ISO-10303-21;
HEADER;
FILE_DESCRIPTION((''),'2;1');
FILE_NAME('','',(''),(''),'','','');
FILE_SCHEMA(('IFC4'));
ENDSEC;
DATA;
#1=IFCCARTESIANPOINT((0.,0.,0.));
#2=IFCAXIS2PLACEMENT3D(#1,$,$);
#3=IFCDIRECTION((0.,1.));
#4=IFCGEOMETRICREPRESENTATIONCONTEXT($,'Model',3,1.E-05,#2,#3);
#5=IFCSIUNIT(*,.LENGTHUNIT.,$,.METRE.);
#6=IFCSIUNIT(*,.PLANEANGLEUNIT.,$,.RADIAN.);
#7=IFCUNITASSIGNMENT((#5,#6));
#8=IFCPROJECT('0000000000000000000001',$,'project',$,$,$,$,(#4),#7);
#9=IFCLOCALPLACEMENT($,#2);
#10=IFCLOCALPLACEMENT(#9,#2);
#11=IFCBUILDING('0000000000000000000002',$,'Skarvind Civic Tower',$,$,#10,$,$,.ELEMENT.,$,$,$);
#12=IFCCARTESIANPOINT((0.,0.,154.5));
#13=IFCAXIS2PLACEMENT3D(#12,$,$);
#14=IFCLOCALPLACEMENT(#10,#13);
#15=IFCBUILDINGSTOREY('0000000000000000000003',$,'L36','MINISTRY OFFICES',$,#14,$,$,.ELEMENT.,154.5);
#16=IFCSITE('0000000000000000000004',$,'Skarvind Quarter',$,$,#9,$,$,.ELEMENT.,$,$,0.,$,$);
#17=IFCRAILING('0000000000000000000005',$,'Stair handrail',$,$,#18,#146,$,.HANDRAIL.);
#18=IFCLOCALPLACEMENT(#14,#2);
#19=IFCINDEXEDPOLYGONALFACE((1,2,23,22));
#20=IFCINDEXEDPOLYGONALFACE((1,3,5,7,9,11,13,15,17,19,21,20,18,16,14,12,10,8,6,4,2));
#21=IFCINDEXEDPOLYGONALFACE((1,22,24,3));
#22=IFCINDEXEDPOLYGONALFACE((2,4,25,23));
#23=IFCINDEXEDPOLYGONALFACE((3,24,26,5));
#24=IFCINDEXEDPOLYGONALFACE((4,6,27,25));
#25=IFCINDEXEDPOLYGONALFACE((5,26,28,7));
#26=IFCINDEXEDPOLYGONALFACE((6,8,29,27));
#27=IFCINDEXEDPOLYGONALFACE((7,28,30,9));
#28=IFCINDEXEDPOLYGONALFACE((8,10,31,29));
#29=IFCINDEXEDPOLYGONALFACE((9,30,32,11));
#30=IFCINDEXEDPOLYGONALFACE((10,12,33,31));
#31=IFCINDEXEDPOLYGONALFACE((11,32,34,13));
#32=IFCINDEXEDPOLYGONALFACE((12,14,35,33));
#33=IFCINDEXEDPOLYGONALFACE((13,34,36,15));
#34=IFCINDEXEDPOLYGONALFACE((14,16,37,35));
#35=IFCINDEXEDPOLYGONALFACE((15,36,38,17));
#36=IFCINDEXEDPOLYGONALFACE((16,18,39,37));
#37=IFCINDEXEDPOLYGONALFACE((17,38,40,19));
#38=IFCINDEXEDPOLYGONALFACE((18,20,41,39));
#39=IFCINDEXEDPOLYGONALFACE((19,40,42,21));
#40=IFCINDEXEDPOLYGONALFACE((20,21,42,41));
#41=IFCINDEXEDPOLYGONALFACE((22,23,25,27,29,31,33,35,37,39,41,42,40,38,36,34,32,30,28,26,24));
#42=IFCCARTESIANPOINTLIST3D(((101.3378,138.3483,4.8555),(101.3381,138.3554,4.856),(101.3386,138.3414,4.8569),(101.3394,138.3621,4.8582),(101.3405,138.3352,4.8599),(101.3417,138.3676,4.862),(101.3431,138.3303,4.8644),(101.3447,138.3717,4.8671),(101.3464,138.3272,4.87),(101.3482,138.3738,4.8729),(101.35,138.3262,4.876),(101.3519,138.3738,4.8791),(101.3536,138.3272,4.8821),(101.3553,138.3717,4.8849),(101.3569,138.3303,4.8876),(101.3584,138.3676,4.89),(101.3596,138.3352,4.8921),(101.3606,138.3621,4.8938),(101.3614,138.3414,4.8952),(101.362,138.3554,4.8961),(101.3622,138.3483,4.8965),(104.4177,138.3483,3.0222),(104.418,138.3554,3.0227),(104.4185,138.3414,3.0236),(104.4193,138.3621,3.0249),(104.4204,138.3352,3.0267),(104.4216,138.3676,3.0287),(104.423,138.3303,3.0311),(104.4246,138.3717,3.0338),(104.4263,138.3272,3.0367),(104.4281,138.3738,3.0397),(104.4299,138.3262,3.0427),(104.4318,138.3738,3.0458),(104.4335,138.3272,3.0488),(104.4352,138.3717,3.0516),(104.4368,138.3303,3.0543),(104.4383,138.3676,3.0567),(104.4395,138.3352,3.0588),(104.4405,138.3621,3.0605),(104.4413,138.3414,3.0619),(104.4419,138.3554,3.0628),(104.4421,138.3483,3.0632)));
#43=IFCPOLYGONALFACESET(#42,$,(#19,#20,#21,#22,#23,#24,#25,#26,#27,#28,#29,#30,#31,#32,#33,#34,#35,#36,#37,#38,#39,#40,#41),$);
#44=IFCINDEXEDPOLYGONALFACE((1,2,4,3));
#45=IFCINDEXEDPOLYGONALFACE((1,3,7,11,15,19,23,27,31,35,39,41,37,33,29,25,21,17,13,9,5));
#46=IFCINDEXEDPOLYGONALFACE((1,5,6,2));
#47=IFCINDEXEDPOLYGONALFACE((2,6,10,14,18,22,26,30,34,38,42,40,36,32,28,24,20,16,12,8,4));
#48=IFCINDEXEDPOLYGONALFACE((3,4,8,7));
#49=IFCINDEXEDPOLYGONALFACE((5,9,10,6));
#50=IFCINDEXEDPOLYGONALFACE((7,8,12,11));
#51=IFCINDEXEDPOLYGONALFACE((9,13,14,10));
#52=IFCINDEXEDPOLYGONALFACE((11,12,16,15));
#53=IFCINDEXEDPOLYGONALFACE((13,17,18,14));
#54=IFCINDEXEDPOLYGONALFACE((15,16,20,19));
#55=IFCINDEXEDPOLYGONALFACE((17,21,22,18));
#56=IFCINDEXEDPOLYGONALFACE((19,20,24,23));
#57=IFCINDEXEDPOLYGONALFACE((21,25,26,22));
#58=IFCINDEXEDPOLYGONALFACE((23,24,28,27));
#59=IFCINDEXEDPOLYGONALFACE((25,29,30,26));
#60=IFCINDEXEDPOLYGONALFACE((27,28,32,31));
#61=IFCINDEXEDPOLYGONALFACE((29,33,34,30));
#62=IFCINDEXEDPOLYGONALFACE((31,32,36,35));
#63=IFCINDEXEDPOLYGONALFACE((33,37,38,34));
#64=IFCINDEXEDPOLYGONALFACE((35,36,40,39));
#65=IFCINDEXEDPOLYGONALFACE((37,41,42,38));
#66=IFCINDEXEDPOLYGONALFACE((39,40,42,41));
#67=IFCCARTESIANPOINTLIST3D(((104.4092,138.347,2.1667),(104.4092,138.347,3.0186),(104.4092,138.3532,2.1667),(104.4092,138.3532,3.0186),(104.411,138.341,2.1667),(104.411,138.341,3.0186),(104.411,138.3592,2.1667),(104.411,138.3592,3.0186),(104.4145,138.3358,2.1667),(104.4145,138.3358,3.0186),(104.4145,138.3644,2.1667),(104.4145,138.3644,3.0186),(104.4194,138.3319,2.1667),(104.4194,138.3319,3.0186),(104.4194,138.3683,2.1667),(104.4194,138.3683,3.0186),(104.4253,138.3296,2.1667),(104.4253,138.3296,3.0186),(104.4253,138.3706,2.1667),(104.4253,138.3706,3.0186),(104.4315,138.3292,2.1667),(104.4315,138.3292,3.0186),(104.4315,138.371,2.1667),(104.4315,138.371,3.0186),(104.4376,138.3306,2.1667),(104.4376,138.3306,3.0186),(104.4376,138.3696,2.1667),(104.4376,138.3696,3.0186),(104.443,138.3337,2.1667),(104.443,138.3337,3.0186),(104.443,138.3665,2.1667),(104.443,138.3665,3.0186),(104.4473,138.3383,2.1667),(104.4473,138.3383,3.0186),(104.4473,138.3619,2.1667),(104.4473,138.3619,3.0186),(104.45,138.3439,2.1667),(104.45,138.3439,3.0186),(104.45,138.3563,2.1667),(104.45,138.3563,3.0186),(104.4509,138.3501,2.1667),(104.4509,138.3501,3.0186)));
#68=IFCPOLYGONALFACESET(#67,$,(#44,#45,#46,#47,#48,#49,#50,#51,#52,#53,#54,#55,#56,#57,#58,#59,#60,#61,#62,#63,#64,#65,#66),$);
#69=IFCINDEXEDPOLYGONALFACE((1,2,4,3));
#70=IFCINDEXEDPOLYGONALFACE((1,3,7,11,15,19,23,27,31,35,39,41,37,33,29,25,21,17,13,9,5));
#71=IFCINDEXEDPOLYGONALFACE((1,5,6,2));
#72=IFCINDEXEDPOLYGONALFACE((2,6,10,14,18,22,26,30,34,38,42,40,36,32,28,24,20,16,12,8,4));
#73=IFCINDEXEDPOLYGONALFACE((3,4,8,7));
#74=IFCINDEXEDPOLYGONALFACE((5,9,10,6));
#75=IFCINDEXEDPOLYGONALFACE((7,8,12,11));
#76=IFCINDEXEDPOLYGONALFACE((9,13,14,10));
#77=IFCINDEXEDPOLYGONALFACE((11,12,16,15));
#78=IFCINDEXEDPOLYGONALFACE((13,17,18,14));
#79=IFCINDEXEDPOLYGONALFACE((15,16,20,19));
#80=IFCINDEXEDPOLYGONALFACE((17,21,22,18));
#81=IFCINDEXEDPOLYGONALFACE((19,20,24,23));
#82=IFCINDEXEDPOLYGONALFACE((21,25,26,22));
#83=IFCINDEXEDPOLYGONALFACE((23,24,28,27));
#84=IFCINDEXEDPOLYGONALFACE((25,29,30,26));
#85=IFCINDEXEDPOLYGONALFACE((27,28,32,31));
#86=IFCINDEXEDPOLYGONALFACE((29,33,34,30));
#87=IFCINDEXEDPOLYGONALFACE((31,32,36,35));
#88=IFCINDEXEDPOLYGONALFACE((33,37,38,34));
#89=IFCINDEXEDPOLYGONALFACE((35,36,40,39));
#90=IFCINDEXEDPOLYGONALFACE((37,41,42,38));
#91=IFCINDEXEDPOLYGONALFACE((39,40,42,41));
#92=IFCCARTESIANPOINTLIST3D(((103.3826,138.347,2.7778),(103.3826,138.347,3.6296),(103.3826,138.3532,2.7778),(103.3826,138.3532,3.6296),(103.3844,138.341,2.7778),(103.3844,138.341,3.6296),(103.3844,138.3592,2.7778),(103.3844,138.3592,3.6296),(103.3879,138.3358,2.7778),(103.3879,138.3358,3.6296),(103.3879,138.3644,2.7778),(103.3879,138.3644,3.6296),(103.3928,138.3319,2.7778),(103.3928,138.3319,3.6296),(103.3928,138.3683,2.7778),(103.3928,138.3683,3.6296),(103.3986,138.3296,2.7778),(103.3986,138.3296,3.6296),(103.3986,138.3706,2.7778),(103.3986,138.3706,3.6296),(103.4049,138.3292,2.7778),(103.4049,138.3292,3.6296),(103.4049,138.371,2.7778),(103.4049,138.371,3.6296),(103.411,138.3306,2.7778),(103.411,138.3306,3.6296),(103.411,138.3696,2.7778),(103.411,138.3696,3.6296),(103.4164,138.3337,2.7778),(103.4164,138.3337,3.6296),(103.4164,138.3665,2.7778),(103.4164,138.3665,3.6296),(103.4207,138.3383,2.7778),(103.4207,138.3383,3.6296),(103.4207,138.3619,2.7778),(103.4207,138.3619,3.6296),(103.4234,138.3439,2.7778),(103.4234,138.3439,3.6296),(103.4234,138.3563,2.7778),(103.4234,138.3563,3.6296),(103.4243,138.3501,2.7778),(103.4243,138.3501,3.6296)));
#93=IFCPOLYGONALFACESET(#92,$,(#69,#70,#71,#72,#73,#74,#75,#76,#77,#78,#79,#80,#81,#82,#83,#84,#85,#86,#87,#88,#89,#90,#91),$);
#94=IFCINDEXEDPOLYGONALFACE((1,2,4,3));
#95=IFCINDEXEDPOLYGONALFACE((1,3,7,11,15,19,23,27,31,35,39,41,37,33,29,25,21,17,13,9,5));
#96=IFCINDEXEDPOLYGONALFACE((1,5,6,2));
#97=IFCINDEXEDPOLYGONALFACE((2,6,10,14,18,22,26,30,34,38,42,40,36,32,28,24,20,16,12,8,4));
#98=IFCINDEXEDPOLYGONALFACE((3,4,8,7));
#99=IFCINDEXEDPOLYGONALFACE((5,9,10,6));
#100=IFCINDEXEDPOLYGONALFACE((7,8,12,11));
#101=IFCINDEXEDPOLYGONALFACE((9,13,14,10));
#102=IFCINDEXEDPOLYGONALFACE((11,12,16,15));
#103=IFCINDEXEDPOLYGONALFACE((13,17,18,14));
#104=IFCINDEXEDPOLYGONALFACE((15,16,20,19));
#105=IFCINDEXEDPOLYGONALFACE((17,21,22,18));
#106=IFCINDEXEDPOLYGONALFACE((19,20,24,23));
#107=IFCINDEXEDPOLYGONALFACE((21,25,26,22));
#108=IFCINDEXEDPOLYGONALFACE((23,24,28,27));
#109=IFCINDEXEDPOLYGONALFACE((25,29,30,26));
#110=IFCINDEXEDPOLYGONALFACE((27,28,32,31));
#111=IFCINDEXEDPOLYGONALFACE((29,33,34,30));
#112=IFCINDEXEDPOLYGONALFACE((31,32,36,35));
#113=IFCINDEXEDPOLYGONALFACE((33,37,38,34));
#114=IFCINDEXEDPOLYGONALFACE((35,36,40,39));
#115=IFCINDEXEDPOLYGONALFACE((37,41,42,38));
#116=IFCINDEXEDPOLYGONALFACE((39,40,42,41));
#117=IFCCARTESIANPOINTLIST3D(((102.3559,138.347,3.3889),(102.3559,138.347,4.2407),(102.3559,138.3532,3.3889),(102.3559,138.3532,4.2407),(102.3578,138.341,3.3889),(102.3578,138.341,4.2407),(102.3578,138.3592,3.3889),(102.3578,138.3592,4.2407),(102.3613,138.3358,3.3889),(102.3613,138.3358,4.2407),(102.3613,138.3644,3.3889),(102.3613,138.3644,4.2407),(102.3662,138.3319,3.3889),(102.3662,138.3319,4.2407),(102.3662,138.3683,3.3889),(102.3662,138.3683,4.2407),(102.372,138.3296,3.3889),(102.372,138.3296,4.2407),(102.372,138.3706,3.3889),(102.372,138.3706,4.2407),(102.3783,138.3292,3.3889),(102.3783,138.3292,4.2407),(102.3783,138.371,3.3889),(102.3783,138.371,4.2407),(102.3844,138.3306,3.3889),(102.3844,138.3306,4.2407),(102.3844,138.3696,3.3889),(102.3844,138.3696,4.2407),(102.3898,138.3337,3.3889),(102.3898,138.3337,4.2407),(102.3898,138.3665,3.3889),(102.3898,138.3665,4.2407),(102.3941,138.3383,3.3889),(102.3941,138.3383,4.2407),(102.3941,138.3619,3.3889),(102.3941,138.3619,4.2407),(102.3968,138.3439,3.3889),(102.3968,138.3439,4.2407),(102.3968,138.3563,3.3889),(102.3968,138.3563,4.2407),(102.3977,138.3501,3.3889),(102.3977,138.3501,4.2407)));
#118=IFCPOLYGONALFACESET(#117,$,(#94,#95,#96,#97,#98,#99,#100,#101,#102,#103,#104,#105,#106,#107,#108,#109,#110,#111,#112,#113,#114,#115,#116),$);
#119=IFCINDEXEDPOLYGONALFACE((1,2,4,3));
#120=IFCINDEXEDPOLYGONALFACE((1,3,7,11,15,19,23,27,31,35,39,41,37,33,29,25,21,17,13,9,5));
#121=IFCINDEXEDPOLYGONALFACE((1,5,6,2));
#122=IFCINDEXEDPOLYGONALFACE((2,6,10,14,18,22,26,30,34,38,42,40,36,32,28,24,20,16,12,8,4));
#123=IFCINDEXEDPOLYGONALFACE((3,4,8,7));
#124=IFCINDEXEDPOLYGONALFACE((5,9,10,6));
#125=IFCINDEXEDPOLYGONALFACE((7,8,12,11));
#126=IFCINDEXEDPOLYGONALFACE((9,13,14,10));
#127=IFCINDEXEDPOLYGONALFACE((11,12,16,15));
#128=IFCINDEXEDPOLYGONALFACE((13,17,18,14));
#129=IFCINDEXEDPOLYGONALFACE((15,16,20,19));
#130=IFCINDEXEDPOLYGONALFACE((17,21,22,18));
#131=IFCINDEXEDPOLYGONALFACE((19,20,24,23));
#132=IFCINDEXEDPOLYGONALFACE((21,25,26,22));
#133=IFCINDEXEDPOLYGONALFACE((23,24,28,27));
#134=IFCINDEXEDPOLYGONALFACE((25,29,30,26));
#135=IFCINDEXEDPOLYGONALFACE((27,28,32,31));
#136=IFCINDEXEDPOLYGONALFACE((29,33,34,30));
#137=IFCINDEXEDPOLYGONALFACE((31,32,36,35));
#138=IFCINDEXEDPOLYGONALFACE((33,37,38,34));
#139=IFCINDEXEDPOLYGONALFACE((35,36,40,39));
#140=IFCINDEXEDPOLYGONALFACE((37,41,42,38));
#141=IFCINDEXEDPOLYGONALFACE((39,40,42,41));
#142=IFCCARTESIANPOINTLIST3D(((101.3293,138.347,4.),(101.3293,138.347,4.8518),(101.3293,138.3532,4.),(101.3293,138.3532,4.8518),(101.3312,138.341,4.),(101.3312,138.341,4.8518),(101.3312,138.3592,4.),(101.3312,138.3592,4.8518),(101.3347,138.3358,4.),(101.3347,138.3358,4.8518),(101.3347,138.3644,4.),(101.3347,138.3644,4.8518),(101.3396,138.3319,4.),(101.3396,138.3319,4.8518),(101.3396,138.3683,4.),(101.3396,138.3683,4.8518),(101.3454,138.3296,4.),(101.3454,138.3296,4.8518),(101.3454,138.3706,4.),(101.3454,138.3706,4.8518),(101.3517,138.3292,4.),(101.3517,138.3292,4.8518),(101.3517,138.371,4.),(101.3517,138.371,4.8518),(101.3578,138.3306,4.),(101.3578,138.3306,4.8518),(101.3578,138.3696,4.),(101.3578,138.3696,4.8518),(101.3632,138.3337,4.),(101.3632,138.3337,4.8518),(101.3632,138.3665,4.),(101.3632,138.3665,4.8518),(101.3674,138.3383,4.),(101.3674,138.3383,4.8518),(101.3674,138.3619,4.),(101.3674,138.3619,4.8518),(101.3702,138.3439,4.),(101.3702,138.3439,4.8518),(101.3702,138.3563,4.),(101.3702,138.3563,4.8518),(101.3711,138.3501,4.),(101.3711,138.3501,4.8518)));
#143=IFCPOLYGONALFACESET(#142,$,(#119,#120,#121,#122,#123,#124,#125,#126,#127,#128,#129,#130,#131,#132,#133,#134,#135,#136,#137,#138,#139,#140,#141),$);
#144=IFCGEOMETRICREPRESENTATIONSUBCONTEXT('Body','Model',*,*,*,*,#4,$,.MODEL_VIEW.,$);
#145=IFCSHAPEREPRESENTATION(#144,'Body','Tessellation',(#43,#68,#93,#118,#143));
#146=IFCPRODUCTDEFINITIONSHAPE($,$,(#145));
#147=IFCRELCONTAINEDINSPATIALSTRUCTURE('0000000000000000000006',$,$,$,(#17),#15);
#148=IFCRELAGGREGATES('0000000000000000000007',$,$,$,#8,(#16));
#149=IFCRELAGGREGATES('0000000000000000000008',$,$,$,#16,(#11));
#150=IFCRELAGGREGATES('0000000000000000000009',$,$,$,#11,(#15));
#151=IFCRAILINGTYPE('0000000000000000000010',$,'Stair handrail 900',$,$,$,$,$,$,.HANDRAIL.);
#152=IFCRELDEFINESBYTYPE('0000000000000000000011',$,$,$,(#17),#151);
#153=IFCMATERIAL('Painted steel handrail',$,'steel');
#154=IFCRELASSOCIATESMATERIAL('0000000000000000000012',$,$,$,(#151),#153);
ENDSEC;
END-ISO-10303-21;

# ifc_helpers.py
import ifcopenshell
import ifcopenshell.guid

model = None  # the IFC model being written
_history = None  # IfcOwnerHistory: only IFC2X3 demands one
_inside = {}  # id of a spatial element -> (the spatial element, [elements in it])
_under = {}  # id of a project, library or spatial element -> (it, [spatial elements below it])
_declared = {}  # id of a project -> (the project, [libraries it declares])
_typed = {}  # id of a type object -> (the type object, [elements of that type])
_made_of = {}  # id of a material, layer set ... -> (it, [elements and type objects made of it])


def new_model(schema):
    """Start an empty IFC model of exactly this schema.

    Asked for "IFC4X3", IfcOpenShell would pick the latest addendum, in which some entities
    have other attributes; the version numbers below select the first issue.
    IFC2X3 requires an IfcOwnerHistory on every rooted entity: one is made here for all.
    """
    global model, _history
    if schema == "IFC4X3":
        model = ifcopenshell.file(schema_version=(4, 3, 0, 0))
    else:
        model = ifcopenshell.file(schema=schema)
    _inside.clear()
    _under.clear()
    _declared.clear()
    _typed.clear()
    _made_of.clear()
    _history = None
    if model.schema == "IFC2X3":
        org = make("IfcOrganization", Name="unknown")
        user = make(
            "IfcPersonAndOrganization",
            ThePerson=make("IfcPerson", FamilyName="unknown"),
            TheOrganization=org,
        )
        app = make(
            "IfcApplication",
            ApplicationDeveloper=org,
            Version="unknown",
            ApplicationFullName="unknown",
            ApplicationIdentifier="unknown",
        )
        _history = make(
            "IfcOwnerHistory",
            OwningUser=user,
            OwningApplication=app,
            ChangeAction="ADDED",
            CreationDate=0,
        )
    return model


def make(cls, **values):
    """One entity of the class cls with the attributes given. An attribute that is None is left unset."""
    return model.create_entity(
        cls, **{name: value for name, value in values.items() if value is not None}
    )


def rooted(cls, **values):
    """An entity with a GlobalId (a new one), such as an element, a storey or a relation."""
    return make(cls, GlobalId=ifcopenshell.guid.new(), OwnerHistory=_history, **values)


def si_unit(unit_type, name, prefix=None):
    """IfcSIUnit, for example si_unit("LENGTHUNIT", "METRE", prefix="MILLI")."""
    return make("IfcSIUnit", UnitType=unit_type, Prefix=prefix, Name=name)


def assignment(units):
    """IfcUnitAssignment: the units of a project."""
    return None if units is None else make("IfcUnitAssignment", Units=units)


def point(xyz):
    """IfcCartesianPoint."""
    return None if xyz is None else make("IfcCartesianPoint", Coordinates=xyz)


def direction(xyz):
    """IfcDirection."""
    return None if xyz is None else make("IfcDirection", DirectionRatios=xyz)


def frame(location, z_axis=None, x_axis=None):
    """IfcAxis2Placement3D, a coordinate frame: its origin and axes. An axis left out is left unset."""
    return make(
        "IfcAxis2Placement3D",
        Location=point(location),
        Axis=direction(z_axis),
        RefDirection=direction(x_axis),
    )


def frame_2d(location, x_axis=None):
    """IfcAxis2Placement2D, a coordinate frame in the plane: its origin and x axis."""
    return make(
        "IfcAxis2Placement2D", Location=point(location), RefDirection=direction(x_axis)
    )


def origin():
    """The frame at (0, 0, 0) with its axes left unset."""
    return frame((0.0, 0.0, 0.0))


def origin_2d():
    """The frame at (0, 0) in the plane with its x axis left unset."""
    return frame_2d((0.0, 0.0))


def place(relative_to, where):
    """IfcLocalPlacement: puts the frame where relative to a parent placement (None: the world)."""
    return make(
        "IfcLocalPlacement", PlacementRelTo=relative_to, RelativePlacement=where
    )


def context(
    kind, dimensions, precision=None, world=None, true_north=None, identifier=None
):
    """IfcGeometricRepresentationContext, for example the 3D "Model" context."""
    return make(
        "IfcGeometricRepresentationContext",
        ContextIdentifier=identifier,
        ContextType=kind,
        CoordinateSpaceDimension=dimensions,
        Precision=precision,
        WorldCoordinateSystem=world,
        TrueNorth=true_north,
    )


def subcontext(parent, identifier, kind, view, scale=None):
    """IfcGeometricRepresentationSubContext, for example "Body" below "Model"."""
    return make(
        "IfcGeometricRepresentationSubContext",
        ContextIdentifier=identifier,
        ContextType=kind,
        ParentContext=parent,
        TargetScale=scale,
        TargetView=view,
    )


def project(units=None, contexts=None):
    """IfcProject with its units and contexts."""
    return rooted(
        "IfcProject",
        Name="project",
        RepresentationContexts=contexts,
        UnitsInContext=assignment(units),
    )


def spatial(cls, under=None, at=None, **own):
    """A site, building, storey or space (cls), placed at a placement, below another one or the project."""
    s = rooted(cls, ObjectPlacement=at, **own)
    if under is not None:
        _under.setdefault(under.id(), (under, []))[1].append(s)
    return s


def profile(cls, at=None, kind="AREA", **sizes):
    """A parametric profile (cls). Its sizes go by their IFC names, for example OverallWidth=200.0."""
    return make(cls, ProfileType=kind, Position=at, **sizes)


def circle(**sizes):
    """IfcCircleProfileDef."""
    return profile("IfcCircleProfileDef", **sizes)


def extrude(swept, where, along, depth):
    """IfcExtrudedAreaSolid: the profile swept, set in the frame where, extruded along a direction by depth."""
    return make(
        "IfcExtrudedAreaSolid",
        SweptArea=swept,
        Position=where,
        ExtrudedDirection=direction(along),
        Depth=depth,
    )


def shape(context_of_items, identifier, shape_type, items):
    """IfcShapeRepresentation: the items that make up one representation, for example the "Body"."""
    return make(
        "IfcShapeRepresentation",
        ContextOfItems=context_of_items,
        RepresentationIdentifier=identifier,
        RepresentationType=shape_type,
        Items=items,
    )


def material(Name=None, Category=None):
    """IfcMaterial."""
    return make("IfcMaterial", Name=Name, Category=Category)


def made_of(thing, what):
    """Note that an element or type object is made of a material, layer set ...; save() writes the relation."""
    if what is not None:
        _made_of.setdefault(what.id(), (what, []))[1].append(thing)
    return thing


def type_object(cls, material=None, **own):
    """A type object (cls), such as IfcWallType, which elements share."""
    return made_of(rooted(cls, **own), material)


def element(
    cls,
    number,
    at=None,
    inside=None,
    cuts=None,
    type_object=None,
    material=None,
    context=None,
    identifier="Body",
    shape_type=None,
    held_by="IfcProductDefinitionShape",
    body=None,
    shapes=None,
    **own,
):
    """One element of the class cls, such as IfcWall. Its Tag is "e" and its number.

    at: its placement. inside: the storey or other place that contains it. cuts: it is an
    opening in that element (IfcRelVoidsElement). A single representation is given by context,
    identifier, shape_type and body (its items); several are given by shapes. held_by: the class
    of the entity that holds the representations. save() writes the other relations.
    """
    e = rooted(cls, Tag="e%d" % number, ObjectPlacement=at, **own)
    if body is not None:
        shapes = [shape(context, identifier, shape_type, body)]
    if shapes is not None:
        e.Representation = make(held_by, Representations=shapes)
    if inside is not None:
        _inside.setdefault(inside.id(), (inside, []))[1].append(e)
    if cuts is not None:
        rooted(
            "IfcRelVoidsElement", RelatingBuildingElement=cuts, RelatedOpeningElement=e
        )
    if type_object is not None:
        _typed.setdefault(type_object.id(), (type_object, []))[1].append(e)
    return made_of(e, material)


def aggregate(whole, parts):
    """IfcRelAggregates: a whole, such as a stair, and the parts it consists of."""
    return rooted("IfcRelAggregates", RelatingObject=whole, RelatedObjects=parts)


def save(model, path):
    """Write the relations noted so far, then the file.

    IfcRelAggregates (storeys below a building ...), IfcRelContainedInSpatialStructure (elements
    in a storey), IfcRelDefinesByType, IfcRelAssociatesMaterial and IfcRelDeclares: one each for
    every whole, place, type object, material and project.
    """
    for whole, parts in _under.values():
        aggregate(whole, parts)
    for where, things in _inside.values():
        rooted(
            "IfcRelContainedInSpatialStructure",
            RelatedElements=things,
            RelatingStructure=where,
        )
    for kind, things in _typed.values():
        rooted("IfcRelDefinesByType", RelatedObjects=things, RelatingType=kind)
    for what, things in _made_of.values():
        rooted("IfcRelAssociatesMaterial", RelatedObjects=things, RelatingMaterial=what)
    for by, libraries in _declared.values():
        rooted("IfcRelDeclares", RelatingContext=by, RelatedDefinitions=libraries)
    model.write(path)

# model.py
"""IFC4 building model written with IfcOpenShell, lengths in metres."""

from ifc_helpers import new_model, si_unit, direction, frame, origin, origin_2d, place, context, subcontext, project, spatial, circle, extrude, material, type_object, element, save


model = new_model("IFC4")

# Units and contexts
model_context = context("Model", 3, precision=1e-05, world=origin(), true_north=direction((0.0, 1.0)))
body_context = subcontext(model_context, "Body", "Model", "MODEL_VIEW")
ifc_project = project(units=[si_unit("LENGTHUNIT", "METRE"), si_unit("PLANEANGLEUNIT", "RADIAN")], contexts=[model_context])

# Site, building, storey
site_placement = place(None, origin())
site = spatial("IfcSite", under=ifc_project, at=site_placement, Name="Skarvind Quarter", CompositionType="ELEMENT", RefElevation=0.0)
building_placement = place(site_placement, origin())
building = spatial("IfcBuilding", under=site, at=building_placement, Name="Skarvind Civic Tower", CompositionType="ELEMENT")
storey_placement = place(building_placement, frame((0.0, 0.0, 154.5)))
storey = spatial("IfcBuildingStorey", under=building, at=storey_placement, Name="L36", Description="MINISTRY OFFICES", CompositionType="ELEMENT", Elevation=154.5)

# Railing
ifc_material_1 = material(Name="Painted steel handrail", Category="steel")
railing_type = type_object("IfcRailingType", Name="Stair handrail 900", PredefinedType="HANDRAIL", material=ifc_material_1)
railing_1_placement = place(storey_placement, frame((104.4299, 138.3501, 2.1667)))
element("IfcRailing", 1, at=railing_1_placement, inside=storey, type_object=railing_type, Name="Stair handrail", PredefinedType="HANDRAIL", context=body_context, shape_type="SweptSolid", body=[
    extrude(circle(Radius=0.0239, at=origin_2d()), frame((0.0, 0.0, 0.876), z_axis=(-0.859291, 0.0, 0.511487), x_axis=(0.0, -1.0, 0.0)), (0.0, 0.0, 1.0), 3.5842),
    extrude(circle(Radius=0.021, at=origin_2d()), origin(), (0.0, 0.0, 1.0), 0.8518),
    extrude(circle(Radius=0.021, at=origin_2d()), frame((-1.0266, 0.0, 0.6111)), (0.0, 0.0, 1.0), 0.8518),
    extrude(circle(Radius=0.021, at=origin_2d()), frame((-2.0532, 0.0, 1.2222)), (0.0, 0.0, 1.0), 0.8518),
    extrude(circle(Radius=0.021, at=origin_2d()), frame((-3.0798, 0.0, 1.8333)), (0.0, 0.0, 1.0), 0.8518),
])

save(model, "model.ifc")
